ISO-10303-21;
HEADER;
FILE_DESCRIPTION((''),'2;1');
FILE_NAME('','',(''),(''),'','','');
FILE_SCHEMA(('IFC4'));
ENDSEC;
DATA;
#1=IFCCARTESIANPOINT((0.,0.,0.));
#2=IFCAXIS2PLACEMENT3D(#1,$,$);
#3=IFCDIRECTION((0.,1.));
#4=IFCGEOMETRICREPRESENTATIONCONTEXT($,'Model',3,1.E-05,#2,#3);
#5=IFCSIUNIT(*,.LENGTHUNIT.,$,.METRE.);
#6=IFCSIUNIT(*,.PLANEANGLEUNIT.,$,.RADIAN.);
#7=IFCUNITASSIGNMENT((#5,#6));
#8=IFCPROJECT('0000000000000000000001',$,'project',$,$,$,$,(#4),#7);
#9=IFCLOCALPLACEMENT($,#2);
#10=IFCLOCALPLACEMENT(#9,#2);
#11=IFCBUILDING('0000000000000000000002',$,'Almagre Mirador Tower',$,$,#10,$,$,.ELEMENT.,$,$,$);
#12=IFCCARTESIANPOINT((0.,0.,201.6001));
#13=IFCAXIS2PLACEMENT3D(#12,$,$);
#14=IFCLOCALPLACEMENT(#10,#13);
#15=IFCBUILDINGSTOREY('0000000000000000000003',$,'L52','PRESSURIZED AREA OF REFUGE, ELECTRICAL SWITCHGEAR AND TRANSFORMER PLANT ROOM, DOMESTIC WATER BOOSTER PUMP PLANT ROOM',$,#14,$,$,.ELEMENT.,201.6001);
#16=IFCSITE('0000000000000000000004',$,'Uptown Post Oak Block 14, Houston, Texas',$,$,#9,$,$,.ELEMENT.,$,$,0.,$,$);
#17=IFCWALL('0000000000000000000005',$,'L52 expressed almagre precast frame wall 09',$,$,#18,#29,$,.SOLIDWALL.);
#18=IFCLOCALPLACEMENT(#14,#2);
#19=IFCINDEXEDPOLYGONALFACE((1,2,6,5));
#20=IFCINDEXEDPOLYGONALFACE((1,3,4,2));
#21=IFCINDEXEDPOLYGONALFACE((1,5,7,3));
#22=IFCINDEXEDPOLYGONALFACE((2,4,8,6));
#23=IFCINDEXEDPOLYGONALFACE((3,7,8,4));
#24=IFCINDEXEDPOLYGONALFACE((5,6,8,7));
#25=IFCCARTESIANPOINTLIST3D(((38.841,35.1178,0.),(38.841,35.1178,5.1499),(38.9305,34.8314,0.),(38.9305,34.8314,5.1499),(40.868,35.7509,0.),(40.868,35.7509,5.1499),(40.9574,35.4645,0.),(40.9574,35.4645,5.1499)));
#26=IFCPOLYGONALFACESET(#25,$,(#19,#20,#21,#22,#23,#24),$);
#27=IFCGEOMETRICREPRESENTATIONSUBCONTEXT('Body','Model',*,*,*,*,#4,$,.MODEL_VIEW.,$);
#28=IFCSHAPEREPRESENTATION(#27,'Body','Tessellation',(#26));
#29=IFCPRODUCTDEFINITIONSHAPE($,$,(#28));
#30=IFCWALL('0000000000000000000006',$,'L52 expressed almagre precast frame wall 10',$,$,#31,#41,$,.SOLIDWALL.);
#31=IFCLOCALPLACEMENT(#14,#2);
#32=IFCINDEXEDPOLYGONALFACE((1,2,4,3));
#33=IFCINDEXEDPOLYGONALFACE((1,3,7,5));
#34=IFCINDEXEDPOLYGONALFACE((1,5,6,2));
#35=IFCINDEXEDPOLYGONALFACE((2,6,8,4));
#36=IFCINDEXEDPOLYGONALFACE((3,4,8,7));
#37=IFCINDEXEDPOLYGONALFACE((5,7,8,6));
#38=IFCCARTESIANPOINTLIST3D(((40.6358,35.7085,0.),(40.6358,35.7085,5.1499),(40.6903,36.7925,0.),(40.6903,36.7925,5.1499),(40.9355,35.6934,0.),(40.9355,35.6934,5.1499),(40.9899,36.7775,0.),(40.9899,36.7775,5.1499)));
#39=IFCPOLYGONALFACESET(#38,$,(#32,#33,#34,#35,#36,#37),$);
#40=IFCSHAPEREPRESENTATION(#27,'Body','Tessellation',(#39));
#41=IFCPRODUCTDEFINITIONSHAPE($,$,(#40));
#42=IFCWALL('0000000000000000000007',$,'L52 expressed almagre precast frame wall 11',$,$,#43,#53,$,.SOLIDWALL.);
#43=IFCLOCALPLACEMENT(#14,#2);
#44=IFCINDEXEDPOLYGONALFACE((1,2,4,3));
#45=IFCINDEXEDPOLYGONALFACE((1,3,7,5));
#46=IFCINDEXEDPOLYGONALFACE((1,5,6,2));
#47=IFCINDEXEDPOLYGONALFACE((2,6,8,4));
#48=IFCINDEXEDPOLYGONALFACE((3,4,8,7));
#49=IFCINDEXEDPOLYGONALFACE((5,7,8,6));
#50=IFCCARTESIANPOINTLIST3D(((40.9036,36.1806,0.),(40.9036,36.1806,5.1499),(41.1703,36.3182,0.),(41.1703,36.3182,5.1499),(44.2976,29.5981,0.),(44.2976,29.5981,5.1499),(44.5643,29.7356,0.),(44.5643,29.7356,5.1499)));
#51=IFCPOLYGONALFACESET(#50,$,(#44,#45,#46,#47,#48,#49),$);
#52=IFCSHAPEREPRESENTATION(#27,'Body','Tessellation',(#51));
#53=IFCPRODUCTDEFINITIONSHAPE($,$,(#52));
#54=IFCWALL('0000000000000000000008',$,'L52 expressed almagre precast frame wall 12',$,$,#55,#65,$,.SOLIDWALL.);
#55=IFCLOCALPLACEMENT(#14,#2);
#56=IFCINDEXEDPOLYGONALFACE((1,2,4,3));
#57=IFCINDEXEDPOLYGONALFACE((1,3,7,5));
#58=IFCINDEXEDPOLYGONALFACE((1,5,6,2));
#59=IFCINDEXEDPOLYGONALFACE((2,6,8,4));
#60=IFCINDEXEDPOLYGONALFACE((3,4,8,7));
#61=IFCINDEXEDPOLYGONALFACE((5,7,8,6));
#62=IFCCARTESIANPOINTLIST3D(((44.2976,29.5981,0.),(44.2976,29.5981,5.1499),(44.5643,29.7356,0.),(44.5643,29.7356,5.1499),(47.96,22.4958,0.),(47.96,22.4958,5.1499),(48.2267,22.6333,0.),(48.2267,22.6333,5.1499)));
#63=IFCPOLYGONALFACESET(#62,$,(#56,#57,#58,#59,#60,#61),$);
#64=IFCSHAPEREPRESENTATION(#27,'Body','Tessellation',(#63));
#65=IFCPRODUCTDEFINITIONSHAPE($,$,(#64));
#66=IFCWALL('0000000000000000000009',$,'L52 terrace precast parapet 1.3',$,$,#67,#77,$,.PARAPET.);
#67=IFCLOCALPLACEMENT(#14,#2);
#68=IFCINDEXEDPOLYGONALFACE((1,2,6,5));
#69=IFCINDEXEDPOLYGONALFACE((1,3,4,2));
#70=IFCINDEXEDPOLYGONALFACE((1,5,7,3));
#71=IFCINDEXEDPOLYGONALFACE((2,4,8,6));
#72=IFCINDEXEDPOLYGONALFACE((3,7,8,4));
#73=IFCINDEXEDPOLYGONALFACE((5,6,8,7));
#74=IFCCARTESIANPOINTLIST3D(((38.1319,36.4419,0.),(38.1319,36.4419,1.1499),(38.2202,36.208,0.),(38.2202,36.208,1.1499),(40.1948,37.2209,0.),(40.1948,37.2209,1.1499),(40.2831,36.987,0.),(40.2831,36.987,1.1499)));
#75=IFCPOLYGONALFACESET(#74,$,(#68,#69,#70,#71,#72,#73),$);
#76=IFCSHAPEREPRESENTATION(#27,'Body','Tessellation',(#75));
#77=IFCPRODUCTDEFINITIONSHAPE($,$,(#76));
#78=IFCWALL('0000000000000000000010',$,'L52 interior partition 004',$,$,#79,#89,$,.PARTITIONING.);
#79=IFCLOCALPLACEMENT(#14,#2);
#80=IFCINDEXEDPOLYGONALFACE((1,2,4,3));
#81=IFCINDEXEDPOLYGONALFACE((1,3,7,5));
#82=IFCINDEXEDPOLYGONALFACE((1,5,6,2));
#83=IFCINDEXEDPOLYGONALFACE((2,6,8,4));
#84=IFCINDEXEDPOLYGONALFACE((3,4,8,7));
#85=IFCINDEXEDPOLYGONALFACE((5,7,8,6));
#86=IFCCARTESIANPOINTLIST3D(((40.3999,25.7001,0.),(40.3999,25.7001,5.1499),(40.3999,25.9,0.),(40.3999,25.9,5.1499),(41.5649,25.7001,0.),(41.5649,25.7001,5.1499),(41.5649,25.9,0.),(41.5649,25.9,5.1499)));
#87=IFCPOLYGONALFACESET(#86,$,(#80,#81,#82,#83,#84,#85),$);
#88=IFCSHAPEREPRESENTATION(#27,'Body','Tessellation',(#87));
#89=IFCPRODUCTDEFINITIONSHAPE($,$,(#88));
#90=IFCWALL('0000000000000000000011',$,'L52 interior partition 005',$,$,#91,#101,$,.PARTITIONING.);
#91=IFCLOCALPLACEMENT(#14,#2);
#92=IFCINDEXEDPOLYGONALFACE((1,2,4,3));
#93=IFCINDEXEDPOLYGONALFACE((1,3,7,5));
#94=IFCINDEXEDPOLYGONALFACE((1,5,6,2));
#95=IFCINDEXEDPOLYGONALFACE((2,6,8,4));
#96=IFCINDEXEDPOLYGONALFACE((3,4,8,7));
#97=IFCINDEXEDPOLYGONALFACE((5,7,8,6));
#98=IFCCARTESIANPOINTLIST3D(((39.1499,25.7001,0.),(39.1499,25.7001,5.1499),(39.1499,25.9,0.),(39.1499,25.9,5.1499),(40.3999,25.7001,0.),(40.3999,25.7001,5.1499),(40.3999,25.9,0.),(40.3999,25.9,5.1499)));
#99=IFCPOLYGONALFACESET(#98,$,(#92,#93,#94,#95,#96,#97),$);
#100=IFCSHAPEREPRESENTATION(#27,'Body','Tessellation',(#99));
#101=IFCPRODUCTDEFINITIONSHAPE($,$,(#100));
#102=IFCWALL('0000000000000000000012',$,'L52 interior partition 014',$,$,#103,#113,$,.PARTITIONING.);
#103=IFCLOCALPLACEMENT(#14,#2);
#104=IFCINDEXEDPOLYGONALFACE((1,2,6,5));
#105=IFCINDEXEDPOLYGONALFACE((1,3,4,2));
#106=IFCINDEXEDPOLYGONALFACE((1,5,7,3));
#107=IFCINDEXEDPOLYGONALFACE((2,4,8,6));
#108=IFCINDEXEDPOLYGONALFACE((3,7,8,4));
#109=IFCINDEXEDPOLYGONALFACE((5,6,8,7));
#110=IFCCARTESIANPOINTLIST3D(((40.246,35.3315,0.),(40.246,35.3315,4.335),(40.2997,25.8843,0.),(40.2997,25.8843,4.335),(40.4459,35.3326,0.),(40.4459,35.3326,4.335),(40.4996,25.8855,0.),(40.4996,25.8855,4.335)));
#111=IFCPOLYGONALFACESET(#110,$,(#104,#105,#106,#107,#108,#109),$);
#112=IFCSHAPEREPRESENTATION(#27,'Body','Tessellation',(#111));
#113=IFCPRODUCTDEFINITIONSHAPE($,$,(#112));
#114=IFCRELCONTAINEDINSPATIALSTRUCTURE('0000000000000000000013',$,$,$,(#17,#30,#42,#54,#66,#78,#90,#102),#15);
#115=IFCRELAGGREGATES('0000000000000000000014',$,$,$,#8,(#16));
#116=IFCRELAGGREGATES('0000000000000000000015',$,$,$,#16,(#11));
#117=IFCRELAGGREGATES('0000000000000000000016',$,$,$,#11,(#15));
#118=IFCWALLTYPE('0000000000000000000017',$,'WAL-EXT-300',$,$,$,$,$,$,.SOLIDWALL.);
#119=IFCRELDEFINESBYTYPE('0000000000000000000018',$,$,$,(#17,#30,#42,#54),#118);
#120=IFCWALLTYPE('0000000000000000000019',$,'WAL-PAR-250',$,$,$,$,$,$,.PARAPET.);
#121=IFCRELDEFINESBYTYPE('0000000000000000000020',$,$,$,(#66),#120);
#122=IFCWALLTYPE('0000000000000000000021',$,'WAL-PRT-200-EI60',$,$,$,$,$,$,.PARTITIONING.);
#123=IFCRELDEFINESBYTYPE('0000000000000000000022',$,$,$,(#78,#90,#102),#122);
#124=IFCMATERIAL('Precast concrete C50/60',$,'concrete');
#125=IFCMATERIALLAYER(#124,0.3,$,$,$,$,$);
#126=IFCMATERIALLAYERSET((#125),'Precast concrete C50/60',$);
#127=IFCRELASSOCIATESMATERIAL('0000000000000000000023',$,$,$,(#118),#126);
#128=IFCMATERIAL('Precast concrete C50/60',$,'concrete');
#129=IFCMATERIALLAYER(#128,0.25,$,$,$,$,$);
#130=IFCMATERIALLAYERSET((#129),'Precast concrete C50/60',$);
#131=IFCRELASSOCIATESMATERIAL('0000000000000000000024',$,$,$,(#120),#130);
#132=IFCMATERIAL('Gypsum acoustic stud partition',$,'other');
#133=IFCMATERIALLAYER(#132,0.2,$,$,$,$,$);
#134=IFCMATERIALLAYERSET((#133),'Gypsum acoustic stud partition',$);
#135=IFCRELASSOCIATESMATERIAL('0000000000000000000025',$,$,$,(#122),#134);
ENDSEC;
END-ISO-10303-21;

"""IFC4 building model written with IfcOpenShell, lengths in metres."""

from ifc_helpers import new_model, si_unit, direction, frame, frame_2d, origin, place, context, subcontext, project, spatial, rectangle, extrude, material, layer, layer_set, type_object, element, save


model = new_model("IFC4")

# Units and contexts
model_context = context("Model", 3, precision=1e-05, world=origin(), true_north=direction((0.0, 1.0)))
body_context = subcontext(model_context, "Body", "Model", "MODEL_VIEW")
ifc_project = project(units=[si_unit("LENGTHUNIT", "METRE"), si_unit("PLANEANGLEUNIT", "RADIAN")], contexts=[model_context])

# Site, building, storey
site_placement = place(None, origin())
site = spatial("IfcSite", under=ifc_project, at=site_placement, Name="Uptown Post Oak Block 14, Houston, Texas", CompositionType="ELEMENT", RefElevation=0.0)
building_placement = place(site_placement, origin())
building = spatial("IfcBuilding", under=site, at=building_placement, Name="Almagre Mirador Tower", CompositionType="ELEMENT")
storey_placement = place(building_placement, frame((0.0, 0.0, 201.6001)))
storey = spatial("IfcBuildingStorey", under=building, at=storey_placement, Name="L52", Description="PRESSURIZED AREA OF REFUGE, ELECTRICAL SWITCHGEAR AND TRANSFORMER PLANT ROOM, DOMESTIC WATER BOOSTER PUMP PLANT ROOM", CompositionType="ELEMENT", Elevation=201.6001)

# Walls
ifc_material_1 = material(Name="Precast concrete C50/60", Category="concrete")
ifc_layer_1 = layer(ifc_material_1, 0.3)
ifc_layer_set_1 = layer_set([ifc_layer_1], Name="Precast concrete C50/60")
wall_type_1 = type_object("IfcWallType", Name="WAL-EXT-300", PredefinedType="SOLIDWALL", material=ifc_layer_set_1)
wall_1_placement = place(storey_placement, frame((38.8857, 34.9746, 0.0), z_axis=(0.0, 0.0, 1.0), x_axis=(0.954525, 0.298131, 0.0)))
element("IfcWall", 1, at=wall_1_placement, inside=storey, type_object=wall_type_1, Name="L52 expressed almagre precast frame wall 09", PredefinedType="SOLIDWALL", context=body_context, shape_type="SweptSolid", body=[
    extrude(rectangle(XDim=2.1235, YDim=0.3, at=frame_2d((1.0618, 0.0))), origin(), (0.0, 0.0, 1.0), 5.1499),
])
wall_2_placement = place(storey_placement, frame((40.7856, 35.7009, 0.0), z_axis=(0.0, 0.0, 1.0), x_axis=(0.050162, 0.998741, 0.0)))
element("IfcWall", 2, at=wall_2_placement, inside=storey, type_object=wall_type_1, Name="L52 expressed almagre precast frame wall 10", PredefinedType="SOLIDWALL", context=body_context, shape_type="SweptSolid", body=[
    extrude(rectangle(XDim=1.0854, YDim=0.3, at=frame_2d((0.5427, 0.0))), origin(), (0.0, 0.0, 1.0), 5.1499),
])
wall_3_placement = place(storey_placement, frame((41.0369, 36.2495, 0.0), z_axis=(0.0, 0.0, 1.0), x_axis=(0.458282, -0.888807, 0.0)))
element("IfcWall", 3, at=wall_3_placement, inside=storey, type_object=wall_type_1, Name="L52 expressed almagre precast frame wall 11", PredefinedType="SOLIDWALL", context=body_context, shape_type="SweptSolid", body=[
    extrude(rectangle(XDim=7.406, YDim=0.3, at=frame_2d((3.7031, 0.0))), origin(), (0.0, 0.0, 1.0), 5.1499),
])
wall_4_placement = place(storey_placement, frame((44.4309, 29.667, 0.0), z_axis=(0.0, 0.0, 1.0), x_axis=(0.458312, -0.888791, 0.0)))
element("IfcWall", 4, at=wall_4_placement, inside=storey, type_object=wall_type_1, Name="L52 expressed almagre precast frame wall 12", PredefinedType="SOLIDWALL", context=body_context, shape_type="SweptSolid", body=[
    extrude(rectangle(XDim=7.991, YDim=0.3, at=frame_2d((3.9956, 0.0))), origin(), (0.0, 0.0, 1.0), 5.1499),
])
ifc_material_2 = material(Name="Precast concrete C50/60", Category="concrete")
ifc_layer_2 = layer(ifc_material_2, 0.25)
ifc_layer_set_2 = layer_set([ifc_layer_2], Name="Precast concrete C50/60")
wall_type_2 = type_object("IfcWallType", Name="WAL-PAR-250", PredefinedType="PARAPET", material=ifc_layer_set_2)
wall_5_placement = place(storey_placement, frame((38.176, 36.325, 0.0), z_axis=(0.0, 0.0, 1.0), x_axis=(0.935517, 0.353282, 0.0)))
element("IfcWall", 5, at=wall_5_placement, inside=storey, type_object=wall_type_2, Name="L52 terrace precast parapet 1.3", PredefinedType="PARAPET", context=body_context, shape_type="SweptSolid", body=[
    extrude(rectangle(XDim=2.2051, YDim=0.25, at=frame_2d((1.1025, 0.0))), origin(), (0.0, 0.0, 1.0), 1.1499),
])
ifc_material_3 = material(Name="Gypsum acoustic stud partition", Category="other")
ifc_layer_3 = layer(ifc_material_3, 0.2)
ifc_layer_set_3 = layer_set([ifc_layer_3], Name="Gypsum acoustic stud partition")
wall_type_3 = type_object("IfcWallType", Name="WAL-PRT-200-EI60", PredefinedType="PARTITIONING", material=ifc_layer_set_3)
wall_6_placement = place(storey_placement, frame((41.5649, 25.8, 0.0), z_axis=(0.0, 0.0, 1.0), x_axis=(-1.0, 0.0, 0.0)))
element("IfcWall", 6, at=wall_6_placement, inside=storey, type_object=wall_type_3, Name="L52 interior partition 004", PredefinedType="PARTITIONING", context=body_context, shape_type="SweptSolid", body=[
    extrude(rectangle(XDim=1.165, YDim=0.2, at=frame_2d((0.5825, 0.0))), origin(), (0.0, 0.0, 1.0), 5.1499),
])
wall_7_placement = place(storey_placement, frame((40.3999, 25.8, 0.0), z_axis=(0.0, 0.0, 1.0), x_axis=(-1.0, 0.0, 0.0)))
element("IfcWall", 7, at=wall_7_placement, inside=storey, type_object=wall_type_3, Name="L52 interior partition 005", PredefinedType="PARTITIONING", context=body_context, shape_type="SweptSolid", body=[
    extrude(rectangle(XDim=1.25, YDim=0.2, at=frame_2d((0.625, 0.0))), origin(), (0.0, 0.0, 1.0), 5.1499),
])
wall_8_placement = place(storey_placement, frame((40.3459, 35.332, 0.0), z_axis=(0.0, 0.0, 1.0), x_axis=(0.005685, -0.999984, 0.0)))
element("IfcWall", 8, at=wall_8_placement, inside=storey, type_object=wall_type_3, Name="L52 interior partition 014", PredefinedType="PARTITIONING", context=body_context, shape_type="SweptSolid", body=[
    extrude(rectangle(XDim=9.4473, YDim=0.2, at=frame_2d((4.7236, 0.0))), origin(), (0.0, 0.0, 1.0), 4.335),
])

save(model, "model.ifc")
